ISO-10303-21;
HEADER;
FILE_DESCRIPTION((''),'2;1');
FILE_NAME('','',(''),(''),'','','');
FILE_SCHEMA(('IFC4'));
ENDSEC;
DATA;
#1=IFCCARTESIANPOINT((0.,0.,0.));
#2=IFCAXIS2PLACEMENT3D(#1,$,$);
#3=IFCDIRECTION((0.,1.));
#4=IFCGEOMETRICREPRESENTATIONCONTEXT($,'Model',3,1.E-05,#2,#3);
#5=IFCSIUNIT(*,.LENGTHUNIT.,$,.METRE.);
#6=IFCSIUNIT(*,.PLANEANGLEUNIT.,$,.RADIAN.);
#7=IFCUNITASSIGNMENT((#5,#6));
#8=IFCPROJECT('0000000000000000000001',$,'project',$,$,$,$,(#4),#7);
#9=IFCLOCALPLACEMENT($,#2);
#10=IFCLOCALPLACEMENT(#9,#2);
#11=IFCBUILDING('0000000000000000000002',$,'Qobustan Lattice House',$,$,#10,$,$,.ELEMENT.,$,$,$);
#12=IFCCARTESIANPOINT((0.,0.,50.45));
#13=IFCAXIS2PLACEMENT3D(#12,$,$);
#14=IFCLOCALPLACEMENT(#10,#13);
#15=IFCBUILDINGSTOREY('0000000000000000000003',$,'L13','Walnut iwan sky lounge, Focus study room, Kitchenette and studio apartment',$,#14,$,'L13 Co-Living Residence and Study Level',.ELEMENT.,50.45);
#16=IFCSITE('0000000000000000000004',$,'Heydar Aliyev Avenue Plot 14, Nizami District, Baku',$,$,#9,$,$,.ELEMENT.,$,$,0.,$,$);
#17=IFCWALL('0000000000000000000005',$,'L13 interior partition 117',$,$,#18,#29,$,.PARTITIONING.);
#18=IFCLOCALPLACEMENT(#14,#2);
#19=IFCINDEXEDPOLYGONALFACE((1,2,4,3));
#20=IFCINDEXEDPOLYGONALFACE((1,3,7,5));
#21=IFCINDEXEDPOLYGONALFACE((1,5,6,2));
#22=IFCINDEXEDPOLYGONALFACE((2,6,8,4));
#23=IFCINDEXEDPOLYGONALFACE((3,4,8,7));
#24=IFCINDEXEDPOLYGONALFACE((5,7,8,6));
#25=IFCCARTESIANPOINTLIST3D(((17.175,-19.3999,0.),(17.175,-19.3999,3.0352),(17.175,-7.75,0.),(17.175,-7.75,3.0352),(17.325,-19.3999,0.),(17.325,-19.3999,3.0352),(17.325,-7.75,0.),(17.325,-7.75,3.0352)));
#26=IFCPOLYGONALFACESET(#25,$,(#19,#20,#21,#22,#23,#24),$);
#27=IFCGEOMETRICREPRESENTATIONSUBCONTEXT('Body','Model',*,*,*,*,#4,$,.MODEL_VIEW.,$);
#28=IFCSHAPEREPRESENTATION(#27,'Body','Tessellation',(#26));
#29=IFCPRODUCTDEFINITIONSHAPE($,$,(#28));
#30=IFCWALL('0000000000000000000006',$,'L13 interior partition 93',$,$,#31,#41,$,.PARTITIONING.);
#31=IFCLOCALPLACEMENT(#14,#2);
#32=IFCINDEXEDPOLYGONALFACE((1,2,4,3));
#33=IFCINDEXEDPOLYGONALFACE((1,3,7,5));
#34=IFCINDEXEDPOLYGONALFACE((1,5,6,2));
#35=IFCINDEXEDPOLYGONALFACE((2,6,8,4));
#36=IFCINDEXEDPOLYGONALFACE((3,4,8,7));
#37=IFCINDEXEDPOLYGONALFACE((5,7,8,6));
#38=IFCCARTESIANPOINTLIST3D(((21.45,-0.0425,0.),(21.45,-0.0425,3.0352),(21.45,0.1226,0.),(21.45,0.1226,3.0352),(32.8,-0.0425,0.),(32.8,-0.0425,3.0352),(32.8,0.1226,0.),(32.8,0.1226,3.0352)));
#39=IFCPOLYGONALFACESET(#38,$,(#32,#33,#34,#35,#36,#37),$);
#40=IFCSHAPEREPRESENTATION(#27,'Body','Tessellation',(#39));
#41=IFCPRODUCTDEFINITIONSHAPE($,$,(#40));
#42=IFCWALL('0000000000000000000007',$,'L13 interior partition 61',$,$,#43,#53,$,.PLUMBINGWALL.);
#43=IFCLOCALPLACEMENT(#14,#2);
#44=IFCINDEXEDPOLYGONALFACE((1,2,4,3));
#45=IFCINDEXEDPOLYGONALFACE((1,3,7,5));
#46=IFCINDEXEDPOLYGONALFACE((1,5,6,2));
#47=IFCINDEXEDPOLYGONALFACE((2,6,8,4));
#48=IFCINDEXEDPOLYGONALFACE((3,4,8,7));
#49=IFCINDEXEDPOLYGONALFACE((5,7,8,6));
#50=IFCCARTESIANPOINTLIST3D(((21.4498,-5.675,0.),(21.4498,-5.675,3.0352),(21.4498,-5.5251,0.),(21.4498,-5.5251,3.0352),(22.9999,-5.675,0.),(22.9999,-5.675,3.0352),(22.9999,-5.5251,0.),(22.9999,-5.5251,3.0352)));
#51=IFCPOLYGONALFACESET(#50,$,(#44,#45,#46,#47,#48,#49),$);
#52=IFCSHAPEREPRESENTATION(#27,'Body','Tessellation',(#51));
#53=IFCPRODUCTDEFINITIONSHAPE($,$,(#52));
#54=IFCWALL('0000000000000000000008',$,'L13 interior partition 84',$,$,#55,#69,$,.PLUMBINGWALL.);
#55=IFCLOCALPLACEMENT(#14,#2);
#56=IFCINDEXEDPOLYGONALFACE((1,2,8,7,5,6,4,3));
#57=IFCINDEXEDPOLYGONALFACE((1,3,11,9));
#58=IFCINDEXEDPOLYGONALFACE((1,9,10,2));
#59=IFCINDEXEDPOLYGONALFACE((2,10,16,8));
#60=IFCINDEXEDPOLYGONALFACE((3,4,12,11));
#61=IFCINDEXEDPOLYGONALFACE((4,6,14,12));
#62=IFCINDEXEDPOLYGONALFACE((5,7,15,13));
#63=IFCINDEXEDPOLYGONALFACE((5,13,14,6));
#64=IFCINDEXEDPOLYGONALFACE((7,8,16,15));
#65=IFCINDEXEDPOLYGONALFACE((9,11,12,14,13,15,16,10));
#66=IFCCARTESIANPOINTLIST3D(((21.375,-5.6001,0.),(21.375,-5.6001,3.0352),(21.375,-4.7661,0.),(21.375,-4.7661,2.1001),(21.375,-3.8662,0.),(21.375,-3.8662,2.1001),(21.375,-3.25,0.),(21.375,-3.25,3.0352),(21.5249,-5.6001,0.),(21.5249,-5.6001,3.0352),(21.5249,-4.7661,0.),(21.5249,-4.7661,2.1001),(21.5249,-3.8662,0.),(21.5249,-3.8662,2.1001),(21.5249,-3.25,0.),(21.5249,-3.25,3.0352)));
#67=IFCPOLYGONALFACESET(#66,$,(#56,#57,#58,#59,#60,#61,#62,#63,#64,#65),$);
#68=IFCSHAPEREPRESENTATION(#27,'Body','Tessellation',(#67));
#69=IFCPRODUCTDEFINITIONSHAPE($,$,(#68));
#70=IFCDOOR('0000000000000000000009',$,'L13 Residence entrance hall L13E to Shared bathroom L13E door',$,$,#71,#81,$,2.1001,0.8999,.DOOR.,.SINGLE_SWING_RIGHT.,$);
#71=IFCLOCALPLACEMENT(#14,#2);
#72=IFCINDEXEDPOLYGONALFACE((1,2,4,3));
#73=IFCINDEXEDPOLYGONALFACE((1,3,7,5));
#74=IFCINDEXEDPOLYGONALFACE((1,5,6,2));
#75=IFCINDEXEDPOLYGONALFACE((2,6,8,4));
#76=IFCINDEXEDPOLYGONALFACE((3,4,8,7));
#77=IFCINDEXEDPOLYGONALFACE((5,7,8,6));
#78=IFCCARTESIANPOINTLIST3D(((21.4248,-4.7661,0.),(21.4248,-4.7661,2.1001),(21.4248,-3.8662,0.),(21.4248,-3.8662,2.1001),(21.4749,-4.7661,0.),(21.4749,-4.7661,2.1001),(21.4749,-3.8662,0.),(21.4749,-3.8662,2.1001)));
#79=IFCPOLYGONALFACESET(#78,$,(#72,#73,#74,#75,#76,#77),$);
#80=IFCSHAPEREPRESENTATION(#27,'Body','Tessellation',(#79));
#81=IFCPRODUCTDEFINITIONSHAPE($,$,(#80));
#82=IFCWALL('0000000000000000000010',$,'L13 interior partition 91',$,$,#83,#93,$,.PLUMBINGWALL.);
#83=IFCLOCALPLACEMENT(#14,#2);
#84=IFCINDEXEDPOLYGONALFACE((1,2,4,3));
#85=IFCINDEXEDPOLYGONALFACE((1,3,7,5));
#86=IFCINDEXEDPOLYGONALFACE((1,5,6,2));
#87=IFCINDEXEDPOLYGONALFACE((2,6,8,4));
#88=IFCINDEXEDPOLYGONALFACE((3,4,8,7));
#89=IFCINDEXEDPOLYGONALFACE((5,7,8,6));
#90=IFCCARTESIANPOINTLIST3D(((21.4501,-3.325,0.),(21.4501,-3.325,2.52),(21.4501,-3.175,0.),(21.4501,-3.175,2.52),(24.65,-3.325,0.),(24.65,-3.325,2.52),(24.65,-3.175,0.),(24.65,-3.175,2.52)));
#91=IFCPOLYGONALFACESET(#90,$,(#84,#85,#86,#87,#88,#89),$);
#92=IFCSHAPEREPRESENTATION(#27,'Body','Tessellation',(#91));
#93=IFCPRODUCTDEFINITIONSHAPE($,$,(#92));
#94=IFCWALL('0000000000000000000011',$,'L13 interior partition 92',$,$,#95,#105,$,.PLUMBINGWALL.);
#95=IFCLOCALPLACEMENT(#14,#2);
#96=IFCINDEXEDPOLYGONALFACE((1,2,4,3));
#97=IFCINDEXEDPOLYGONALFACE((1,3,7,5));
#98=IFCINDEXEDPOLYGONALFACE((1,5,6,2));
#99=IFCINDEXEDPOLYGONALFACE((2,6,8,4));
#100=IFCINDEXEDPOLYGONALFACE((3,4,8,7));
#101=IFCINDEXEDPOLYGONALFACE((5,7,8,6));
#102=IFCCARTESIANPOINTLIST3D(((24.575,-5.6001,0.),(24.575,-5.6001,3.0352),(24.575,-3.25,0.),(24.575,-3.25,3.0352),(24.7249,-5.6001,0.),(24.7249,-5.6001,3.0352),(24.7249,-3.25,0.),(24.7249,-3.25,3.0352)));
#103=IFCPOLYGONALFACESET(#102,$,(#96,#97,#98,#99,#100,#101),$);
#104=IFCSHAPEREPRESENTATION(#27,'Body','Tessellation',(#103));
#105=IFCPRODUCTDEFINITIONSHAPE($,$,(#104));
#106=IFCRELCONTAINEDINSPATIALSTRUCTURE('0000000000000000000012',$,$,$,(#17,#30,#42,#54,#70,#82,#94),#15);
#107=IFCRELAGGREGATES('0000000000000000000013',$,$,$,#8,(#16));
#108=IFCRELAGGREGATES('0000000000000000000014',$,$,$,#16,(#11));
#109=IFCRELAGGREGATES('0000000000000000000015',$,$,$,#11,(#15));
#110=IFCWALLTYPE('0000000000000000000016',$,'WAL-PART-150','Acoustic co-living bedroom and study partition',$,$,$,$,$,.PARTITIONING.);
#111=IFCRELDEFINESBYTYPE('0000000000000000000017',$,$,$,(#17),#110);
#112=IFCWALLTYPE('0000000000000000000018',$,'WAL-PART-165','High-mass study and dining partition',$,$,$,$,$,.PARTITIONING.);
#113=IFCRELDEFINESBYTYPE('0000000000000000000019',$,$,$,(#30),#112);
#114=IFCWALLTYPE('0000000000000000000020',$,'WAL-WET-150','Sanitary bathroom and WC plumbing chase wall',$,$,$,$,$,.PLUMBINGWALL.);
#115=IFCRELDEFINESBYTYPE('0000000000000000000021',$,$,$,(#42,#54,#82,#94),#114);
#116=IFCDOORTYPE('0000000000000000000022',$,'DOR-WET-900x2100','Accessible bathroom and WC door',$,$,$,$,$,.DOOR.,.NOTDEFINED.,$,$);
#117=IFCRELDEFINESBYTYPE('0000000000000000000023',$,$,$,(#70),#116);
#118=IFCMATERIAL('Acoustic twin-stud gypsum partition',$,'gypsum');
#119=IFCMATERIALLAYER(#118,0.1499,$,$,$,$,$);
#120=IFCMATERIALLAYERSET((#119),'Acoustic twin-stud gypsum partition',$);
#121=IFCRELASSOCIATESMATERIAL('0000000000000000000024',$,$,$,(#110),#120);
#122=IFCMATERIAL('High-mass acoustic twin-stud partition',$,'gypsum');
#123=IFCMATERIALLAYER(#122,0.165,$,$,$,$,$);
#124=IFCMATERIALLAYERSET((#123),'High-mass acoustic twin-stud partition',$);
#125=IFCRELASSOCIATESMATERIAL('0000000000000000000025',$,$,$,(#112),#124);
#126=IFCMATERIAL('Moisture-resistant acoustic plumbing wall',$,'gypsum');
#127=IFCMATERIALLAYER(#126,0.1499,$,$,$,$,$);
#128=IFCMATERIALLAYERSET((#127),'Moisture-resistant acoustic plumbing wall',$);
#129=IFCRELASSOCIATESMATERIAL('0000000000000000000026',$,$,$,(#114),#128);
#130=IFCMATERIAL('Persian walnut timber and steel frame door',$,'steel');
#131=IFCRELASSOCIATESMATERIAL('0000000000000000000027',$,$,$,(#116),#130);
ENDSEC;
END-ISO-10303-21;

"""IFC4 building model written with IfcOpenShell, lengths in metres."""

from ifc_helpers import new_model, si_unit, direction, frame, frame_2d, origin, place, context, subcontext, project, spatial, rectangle, extrude, material, layer, layer_set, type_object, element, fill, save


model = new_model("IFC4")

# Units and contexts
model_context = context("Model", 3, precision=1e-05, world=origin(), true_north=direction((0.0, 1.0)))
body_context = subcontext(model_context, "Body", "Model", "MODEL_VIEW")
ifc_project = project(units=[si_unit("LENGTHUNIT", "METRE"), si_unit("PLANEANGLEUNIT", "RADIAN")], contexts=[model_context])

# Site, building, storey
site_placement = place(None, origin())
site = spatial("IfcSite", under=ifc_project, at=site_placement, Name="Heydar Aliyev Avenue Plot 14, Nizami District, Baku", CompositionType="ELEMENT", RefElevation=0.0)
building_placement = place(site_placement, origin())
building = spatial("IfcBuilding", under=site, at=building_placement, Name="Qobustan Lattice House", CompositionType="ELEMENT")
storey_placement = place(building_placement, frame((0.0, 0.0, 50.45)))
storey = spatial("IfcBuildingStorey", under=building, at=storey_placement, Name="L13", Description="Walnut iwan sky lounge, Focus study room, Kitchenette and studio apartment", LongName="L13 Co-Living Residence and Study Level", CompositionType="ELEMENT", Elevation=50.45)

# Shared definitions
ifc_material_1 = material(Name="Acoustic twin-stud gypsum partition", Category="gypsum")
ifc_layer_1 = layer(ifc_material_1, 0.1499)
ifc_layer_set_1 = layer_set([ifc_layer_1], Name="Acoustic twin-stud gypsum partition")
wall_type_1 = type_object("IfcWallType", Name="WAL-PART-150", Description="Acoustic co-living bedroom and study partition", PredefinedType="PARTITIONING", material=ifc_layer_set_1)

# Wall
wall_1_placement = place(storey_placement, frame((17.25, -7.75, 0.0), z_axis=(0.0, 0.0, 1.0), x_axis=(0.0, -1.0, 0.0)))
element("IfcWall", 1, at=wall_1_placement, inside=storey, type_object=wall_type_1, Name="L13 interior partition 117", PredefinedType="PARTITIONING", context=body_context, shape_type="SweptSolid", body=[
    extrude(rectangle(XDim=11.6499, YDim=0.1499, at=frame_2d((5.825, 0.0))), origin(), (0.0, 0.0, 1.0), 3.0352),
])

# Shared definitions
ifc_material_2 = material(Name="High-mass acoustic twin-stud partition", Category="gypsum")
ifc_layer_2 = layer(ifc_material_2, 0.165)
ifc_layer_set_2 = layer_set([ifc_layer_2], Name="High-mass acoustic twin-stud partition")
wall_type_2 = type_object("IfcWallType", Name="WAL-PART-165", Description="High-mass study and dining partition", PredefinedType="PARTITIONING", material=ifc_layer_set_2)

# Walls
wall_2_placement = place(storey_placement, frame((21.45, 0.04, 0.0), z_axis=(0.0, 0.0, 1.0), x_axis=(1.0, 0.0, 0.0)))
element("IfcWall", 2, at=wall_2_placement, inside=storey, type_object=wall_type_2, Name="L13 interior partition 93", PredefinedType="PARTITIONING", context=body_context, shape_type="SweptSolid", body=[
    extrude(rectangle(XDim=11.3501, YDim=0.165, at=frame_2d((5.675, 0.0))), origin(), (0.0, 0.0, 1.0), 3.0352),
])
ifc_material_3 = material(Name="Moisture-resistant acoustic plumbing wall", Category="gypsum")
ifc_layer_3 = layer(ifc_material_3, 0.1499)
ifc_layer_set_3 = layer_set([ifc_layer_3], Name="Moisture-resistant acoustic plumbing wall")
wall_type_3 = type_object("IfcWallType", Name="WAL-WET-150", Description="Sanitary bathroom and WC plumbing chase wall", PredefinedType="PLUMBINGWALL", material=ifc_layer_set_3)
wall_3_placement = place(storey_placement, frame((21.45, -5.6001, 0.0), z_axis=(0.0, 0.0, 1.0), x_axis=(1.0, 0.0, 0.0)))
element("IfcWall", 3, at=wall_3_placement, inside=storey, type_object=wall_type_3, Name="L13 interior partition 61", PredefinedType="PLUMBINGWALL", context=body_context, shape_type="SweptSolid", body=[
    extrude(rectangle(XDim=1.55, YDim=0.1499, at=frame_2d((0.7749, 0.0))), origin(), (0.0, 0.0, 1.0), 3.0352),
])

# Wall, opening, door
wall_4_placement = place(storey_placement, frame((21.45, -3.25, 0.0), z_axis=(0.0, 0.0, 1.0), x_axis=(0.0, -1.0, 0.0)))
wall_4 = element("IfcWall", 4, at=wall_4_placement, inside=storey, type_object=wall_type_3, Name="L13 interior partition 84", PredefinedType="PLUMBINGWALL", context=body_context, shape_type="SweptSolid", body=[
    extrude(rectangle(XDim=2.3501, YDim=0.1499, at=frame_2d((1.175, 0.0))), origin(), (0.0, 0.0, 1.0), 3.0352),
])
opening_1_placement = place(wall_4_placement, frame((0.6162, 0.0, 0.0)))
opening_1 = element("IfcOpeningElement", 5, at=opening_1_placement, cuts=wall_4, PredefinedType="OPENING", context=body_context, shape_type="SweptSolid", body=[
    extrude(rectangle(XDim=0.8999, YDim=2.1001, at=frame_2d((0.45, 1.05))), frame((0.0, 0.085, 0.0), z_axis=(0.0, -1.0, 0.0), x_axis=(1.0, 0.0, 0.0)), (0.0, 0.0, 1.0), 0.1699),
])
ifc_material_4 = material(Name="Persian walnut timber and steel frame door", Category="steel")
door_type_1 = type_object("IfcDoorType", Name="DOR-WET-900x2100", Description="Accessible bathroom and WC door", OperationType="NOTDEFINED", PredefinedType="DOOR", material=ifc_material_4)
door_1_placement = place(opening_1_placement, origin())
door_1 = element("IfcDoor", 6, at=door_1_placement, inside=storey, type_object=door_type_1, Name="L13 Residence entrance hall L13E to Shared bathroom L13E door", OperationType="SINGLE_SWING_RIGHT", OverallHeight=2.1001, OverallWidth=0.8999, PredefinedType="DOOR", context=body_context, shape_type="SweptSolid", body=[
    extrude(rectangle(XDim=0.8999, YDim=2.1001, at=frame_2d((0.45, 1.05))), frame((0.0, 0.0249, 0.0), z_axis=(0.0, -1.0, 0.0), x_axis=(1.0, 0.0, 0.0)), (0.0, 0.0, 1.0), 0.05),
])
fill(opening_1, door_1)

# Walls
wall_5_placement = place(storey_placement, frame((21.45, -3.25, 0.0), z_axis=(0.0, 0.0, 1.0), x_axis=(1.0, 0.0, 0.0)))
element("IfcWall", 7, at=wall_5_placement, inside=storey, type_object=wall_type_3, Name="L13 interior partition 91", PredefinedType="PLUMBINGWALL", context=body_context, shape_type="SweptSolid", body=[
    extrude(rectangle(XDim=3.2, YDim=0.1499, at=frame_2d((1.6001, 0.0))), origin(), (0.0, 0.0, 1.0), 2.52),
])
wall_6_placement = place(storey_placement, frame((24.6499, -3.25, 0.0), z_axis=(0.0, 0.0, 1.0), x_axis=(0.0, -1.0, 0.0)))
element("IfcWall", 8, at=wall_6_placement, inside=storey, type_object=wall_type_3, Name="L13 interior partition 92", PredefinedType="PLUMBINGWALL", context=body_context, shape_type="SweptSolid", body=[
    extrude(rectangle(XDim=2.3501, YDim=0.1499, at=frame_2d((1.175, 0.0))), origin(), (0.0, 0.0, 1.0), 3.0352),
])

save(model, "model.ifc")
